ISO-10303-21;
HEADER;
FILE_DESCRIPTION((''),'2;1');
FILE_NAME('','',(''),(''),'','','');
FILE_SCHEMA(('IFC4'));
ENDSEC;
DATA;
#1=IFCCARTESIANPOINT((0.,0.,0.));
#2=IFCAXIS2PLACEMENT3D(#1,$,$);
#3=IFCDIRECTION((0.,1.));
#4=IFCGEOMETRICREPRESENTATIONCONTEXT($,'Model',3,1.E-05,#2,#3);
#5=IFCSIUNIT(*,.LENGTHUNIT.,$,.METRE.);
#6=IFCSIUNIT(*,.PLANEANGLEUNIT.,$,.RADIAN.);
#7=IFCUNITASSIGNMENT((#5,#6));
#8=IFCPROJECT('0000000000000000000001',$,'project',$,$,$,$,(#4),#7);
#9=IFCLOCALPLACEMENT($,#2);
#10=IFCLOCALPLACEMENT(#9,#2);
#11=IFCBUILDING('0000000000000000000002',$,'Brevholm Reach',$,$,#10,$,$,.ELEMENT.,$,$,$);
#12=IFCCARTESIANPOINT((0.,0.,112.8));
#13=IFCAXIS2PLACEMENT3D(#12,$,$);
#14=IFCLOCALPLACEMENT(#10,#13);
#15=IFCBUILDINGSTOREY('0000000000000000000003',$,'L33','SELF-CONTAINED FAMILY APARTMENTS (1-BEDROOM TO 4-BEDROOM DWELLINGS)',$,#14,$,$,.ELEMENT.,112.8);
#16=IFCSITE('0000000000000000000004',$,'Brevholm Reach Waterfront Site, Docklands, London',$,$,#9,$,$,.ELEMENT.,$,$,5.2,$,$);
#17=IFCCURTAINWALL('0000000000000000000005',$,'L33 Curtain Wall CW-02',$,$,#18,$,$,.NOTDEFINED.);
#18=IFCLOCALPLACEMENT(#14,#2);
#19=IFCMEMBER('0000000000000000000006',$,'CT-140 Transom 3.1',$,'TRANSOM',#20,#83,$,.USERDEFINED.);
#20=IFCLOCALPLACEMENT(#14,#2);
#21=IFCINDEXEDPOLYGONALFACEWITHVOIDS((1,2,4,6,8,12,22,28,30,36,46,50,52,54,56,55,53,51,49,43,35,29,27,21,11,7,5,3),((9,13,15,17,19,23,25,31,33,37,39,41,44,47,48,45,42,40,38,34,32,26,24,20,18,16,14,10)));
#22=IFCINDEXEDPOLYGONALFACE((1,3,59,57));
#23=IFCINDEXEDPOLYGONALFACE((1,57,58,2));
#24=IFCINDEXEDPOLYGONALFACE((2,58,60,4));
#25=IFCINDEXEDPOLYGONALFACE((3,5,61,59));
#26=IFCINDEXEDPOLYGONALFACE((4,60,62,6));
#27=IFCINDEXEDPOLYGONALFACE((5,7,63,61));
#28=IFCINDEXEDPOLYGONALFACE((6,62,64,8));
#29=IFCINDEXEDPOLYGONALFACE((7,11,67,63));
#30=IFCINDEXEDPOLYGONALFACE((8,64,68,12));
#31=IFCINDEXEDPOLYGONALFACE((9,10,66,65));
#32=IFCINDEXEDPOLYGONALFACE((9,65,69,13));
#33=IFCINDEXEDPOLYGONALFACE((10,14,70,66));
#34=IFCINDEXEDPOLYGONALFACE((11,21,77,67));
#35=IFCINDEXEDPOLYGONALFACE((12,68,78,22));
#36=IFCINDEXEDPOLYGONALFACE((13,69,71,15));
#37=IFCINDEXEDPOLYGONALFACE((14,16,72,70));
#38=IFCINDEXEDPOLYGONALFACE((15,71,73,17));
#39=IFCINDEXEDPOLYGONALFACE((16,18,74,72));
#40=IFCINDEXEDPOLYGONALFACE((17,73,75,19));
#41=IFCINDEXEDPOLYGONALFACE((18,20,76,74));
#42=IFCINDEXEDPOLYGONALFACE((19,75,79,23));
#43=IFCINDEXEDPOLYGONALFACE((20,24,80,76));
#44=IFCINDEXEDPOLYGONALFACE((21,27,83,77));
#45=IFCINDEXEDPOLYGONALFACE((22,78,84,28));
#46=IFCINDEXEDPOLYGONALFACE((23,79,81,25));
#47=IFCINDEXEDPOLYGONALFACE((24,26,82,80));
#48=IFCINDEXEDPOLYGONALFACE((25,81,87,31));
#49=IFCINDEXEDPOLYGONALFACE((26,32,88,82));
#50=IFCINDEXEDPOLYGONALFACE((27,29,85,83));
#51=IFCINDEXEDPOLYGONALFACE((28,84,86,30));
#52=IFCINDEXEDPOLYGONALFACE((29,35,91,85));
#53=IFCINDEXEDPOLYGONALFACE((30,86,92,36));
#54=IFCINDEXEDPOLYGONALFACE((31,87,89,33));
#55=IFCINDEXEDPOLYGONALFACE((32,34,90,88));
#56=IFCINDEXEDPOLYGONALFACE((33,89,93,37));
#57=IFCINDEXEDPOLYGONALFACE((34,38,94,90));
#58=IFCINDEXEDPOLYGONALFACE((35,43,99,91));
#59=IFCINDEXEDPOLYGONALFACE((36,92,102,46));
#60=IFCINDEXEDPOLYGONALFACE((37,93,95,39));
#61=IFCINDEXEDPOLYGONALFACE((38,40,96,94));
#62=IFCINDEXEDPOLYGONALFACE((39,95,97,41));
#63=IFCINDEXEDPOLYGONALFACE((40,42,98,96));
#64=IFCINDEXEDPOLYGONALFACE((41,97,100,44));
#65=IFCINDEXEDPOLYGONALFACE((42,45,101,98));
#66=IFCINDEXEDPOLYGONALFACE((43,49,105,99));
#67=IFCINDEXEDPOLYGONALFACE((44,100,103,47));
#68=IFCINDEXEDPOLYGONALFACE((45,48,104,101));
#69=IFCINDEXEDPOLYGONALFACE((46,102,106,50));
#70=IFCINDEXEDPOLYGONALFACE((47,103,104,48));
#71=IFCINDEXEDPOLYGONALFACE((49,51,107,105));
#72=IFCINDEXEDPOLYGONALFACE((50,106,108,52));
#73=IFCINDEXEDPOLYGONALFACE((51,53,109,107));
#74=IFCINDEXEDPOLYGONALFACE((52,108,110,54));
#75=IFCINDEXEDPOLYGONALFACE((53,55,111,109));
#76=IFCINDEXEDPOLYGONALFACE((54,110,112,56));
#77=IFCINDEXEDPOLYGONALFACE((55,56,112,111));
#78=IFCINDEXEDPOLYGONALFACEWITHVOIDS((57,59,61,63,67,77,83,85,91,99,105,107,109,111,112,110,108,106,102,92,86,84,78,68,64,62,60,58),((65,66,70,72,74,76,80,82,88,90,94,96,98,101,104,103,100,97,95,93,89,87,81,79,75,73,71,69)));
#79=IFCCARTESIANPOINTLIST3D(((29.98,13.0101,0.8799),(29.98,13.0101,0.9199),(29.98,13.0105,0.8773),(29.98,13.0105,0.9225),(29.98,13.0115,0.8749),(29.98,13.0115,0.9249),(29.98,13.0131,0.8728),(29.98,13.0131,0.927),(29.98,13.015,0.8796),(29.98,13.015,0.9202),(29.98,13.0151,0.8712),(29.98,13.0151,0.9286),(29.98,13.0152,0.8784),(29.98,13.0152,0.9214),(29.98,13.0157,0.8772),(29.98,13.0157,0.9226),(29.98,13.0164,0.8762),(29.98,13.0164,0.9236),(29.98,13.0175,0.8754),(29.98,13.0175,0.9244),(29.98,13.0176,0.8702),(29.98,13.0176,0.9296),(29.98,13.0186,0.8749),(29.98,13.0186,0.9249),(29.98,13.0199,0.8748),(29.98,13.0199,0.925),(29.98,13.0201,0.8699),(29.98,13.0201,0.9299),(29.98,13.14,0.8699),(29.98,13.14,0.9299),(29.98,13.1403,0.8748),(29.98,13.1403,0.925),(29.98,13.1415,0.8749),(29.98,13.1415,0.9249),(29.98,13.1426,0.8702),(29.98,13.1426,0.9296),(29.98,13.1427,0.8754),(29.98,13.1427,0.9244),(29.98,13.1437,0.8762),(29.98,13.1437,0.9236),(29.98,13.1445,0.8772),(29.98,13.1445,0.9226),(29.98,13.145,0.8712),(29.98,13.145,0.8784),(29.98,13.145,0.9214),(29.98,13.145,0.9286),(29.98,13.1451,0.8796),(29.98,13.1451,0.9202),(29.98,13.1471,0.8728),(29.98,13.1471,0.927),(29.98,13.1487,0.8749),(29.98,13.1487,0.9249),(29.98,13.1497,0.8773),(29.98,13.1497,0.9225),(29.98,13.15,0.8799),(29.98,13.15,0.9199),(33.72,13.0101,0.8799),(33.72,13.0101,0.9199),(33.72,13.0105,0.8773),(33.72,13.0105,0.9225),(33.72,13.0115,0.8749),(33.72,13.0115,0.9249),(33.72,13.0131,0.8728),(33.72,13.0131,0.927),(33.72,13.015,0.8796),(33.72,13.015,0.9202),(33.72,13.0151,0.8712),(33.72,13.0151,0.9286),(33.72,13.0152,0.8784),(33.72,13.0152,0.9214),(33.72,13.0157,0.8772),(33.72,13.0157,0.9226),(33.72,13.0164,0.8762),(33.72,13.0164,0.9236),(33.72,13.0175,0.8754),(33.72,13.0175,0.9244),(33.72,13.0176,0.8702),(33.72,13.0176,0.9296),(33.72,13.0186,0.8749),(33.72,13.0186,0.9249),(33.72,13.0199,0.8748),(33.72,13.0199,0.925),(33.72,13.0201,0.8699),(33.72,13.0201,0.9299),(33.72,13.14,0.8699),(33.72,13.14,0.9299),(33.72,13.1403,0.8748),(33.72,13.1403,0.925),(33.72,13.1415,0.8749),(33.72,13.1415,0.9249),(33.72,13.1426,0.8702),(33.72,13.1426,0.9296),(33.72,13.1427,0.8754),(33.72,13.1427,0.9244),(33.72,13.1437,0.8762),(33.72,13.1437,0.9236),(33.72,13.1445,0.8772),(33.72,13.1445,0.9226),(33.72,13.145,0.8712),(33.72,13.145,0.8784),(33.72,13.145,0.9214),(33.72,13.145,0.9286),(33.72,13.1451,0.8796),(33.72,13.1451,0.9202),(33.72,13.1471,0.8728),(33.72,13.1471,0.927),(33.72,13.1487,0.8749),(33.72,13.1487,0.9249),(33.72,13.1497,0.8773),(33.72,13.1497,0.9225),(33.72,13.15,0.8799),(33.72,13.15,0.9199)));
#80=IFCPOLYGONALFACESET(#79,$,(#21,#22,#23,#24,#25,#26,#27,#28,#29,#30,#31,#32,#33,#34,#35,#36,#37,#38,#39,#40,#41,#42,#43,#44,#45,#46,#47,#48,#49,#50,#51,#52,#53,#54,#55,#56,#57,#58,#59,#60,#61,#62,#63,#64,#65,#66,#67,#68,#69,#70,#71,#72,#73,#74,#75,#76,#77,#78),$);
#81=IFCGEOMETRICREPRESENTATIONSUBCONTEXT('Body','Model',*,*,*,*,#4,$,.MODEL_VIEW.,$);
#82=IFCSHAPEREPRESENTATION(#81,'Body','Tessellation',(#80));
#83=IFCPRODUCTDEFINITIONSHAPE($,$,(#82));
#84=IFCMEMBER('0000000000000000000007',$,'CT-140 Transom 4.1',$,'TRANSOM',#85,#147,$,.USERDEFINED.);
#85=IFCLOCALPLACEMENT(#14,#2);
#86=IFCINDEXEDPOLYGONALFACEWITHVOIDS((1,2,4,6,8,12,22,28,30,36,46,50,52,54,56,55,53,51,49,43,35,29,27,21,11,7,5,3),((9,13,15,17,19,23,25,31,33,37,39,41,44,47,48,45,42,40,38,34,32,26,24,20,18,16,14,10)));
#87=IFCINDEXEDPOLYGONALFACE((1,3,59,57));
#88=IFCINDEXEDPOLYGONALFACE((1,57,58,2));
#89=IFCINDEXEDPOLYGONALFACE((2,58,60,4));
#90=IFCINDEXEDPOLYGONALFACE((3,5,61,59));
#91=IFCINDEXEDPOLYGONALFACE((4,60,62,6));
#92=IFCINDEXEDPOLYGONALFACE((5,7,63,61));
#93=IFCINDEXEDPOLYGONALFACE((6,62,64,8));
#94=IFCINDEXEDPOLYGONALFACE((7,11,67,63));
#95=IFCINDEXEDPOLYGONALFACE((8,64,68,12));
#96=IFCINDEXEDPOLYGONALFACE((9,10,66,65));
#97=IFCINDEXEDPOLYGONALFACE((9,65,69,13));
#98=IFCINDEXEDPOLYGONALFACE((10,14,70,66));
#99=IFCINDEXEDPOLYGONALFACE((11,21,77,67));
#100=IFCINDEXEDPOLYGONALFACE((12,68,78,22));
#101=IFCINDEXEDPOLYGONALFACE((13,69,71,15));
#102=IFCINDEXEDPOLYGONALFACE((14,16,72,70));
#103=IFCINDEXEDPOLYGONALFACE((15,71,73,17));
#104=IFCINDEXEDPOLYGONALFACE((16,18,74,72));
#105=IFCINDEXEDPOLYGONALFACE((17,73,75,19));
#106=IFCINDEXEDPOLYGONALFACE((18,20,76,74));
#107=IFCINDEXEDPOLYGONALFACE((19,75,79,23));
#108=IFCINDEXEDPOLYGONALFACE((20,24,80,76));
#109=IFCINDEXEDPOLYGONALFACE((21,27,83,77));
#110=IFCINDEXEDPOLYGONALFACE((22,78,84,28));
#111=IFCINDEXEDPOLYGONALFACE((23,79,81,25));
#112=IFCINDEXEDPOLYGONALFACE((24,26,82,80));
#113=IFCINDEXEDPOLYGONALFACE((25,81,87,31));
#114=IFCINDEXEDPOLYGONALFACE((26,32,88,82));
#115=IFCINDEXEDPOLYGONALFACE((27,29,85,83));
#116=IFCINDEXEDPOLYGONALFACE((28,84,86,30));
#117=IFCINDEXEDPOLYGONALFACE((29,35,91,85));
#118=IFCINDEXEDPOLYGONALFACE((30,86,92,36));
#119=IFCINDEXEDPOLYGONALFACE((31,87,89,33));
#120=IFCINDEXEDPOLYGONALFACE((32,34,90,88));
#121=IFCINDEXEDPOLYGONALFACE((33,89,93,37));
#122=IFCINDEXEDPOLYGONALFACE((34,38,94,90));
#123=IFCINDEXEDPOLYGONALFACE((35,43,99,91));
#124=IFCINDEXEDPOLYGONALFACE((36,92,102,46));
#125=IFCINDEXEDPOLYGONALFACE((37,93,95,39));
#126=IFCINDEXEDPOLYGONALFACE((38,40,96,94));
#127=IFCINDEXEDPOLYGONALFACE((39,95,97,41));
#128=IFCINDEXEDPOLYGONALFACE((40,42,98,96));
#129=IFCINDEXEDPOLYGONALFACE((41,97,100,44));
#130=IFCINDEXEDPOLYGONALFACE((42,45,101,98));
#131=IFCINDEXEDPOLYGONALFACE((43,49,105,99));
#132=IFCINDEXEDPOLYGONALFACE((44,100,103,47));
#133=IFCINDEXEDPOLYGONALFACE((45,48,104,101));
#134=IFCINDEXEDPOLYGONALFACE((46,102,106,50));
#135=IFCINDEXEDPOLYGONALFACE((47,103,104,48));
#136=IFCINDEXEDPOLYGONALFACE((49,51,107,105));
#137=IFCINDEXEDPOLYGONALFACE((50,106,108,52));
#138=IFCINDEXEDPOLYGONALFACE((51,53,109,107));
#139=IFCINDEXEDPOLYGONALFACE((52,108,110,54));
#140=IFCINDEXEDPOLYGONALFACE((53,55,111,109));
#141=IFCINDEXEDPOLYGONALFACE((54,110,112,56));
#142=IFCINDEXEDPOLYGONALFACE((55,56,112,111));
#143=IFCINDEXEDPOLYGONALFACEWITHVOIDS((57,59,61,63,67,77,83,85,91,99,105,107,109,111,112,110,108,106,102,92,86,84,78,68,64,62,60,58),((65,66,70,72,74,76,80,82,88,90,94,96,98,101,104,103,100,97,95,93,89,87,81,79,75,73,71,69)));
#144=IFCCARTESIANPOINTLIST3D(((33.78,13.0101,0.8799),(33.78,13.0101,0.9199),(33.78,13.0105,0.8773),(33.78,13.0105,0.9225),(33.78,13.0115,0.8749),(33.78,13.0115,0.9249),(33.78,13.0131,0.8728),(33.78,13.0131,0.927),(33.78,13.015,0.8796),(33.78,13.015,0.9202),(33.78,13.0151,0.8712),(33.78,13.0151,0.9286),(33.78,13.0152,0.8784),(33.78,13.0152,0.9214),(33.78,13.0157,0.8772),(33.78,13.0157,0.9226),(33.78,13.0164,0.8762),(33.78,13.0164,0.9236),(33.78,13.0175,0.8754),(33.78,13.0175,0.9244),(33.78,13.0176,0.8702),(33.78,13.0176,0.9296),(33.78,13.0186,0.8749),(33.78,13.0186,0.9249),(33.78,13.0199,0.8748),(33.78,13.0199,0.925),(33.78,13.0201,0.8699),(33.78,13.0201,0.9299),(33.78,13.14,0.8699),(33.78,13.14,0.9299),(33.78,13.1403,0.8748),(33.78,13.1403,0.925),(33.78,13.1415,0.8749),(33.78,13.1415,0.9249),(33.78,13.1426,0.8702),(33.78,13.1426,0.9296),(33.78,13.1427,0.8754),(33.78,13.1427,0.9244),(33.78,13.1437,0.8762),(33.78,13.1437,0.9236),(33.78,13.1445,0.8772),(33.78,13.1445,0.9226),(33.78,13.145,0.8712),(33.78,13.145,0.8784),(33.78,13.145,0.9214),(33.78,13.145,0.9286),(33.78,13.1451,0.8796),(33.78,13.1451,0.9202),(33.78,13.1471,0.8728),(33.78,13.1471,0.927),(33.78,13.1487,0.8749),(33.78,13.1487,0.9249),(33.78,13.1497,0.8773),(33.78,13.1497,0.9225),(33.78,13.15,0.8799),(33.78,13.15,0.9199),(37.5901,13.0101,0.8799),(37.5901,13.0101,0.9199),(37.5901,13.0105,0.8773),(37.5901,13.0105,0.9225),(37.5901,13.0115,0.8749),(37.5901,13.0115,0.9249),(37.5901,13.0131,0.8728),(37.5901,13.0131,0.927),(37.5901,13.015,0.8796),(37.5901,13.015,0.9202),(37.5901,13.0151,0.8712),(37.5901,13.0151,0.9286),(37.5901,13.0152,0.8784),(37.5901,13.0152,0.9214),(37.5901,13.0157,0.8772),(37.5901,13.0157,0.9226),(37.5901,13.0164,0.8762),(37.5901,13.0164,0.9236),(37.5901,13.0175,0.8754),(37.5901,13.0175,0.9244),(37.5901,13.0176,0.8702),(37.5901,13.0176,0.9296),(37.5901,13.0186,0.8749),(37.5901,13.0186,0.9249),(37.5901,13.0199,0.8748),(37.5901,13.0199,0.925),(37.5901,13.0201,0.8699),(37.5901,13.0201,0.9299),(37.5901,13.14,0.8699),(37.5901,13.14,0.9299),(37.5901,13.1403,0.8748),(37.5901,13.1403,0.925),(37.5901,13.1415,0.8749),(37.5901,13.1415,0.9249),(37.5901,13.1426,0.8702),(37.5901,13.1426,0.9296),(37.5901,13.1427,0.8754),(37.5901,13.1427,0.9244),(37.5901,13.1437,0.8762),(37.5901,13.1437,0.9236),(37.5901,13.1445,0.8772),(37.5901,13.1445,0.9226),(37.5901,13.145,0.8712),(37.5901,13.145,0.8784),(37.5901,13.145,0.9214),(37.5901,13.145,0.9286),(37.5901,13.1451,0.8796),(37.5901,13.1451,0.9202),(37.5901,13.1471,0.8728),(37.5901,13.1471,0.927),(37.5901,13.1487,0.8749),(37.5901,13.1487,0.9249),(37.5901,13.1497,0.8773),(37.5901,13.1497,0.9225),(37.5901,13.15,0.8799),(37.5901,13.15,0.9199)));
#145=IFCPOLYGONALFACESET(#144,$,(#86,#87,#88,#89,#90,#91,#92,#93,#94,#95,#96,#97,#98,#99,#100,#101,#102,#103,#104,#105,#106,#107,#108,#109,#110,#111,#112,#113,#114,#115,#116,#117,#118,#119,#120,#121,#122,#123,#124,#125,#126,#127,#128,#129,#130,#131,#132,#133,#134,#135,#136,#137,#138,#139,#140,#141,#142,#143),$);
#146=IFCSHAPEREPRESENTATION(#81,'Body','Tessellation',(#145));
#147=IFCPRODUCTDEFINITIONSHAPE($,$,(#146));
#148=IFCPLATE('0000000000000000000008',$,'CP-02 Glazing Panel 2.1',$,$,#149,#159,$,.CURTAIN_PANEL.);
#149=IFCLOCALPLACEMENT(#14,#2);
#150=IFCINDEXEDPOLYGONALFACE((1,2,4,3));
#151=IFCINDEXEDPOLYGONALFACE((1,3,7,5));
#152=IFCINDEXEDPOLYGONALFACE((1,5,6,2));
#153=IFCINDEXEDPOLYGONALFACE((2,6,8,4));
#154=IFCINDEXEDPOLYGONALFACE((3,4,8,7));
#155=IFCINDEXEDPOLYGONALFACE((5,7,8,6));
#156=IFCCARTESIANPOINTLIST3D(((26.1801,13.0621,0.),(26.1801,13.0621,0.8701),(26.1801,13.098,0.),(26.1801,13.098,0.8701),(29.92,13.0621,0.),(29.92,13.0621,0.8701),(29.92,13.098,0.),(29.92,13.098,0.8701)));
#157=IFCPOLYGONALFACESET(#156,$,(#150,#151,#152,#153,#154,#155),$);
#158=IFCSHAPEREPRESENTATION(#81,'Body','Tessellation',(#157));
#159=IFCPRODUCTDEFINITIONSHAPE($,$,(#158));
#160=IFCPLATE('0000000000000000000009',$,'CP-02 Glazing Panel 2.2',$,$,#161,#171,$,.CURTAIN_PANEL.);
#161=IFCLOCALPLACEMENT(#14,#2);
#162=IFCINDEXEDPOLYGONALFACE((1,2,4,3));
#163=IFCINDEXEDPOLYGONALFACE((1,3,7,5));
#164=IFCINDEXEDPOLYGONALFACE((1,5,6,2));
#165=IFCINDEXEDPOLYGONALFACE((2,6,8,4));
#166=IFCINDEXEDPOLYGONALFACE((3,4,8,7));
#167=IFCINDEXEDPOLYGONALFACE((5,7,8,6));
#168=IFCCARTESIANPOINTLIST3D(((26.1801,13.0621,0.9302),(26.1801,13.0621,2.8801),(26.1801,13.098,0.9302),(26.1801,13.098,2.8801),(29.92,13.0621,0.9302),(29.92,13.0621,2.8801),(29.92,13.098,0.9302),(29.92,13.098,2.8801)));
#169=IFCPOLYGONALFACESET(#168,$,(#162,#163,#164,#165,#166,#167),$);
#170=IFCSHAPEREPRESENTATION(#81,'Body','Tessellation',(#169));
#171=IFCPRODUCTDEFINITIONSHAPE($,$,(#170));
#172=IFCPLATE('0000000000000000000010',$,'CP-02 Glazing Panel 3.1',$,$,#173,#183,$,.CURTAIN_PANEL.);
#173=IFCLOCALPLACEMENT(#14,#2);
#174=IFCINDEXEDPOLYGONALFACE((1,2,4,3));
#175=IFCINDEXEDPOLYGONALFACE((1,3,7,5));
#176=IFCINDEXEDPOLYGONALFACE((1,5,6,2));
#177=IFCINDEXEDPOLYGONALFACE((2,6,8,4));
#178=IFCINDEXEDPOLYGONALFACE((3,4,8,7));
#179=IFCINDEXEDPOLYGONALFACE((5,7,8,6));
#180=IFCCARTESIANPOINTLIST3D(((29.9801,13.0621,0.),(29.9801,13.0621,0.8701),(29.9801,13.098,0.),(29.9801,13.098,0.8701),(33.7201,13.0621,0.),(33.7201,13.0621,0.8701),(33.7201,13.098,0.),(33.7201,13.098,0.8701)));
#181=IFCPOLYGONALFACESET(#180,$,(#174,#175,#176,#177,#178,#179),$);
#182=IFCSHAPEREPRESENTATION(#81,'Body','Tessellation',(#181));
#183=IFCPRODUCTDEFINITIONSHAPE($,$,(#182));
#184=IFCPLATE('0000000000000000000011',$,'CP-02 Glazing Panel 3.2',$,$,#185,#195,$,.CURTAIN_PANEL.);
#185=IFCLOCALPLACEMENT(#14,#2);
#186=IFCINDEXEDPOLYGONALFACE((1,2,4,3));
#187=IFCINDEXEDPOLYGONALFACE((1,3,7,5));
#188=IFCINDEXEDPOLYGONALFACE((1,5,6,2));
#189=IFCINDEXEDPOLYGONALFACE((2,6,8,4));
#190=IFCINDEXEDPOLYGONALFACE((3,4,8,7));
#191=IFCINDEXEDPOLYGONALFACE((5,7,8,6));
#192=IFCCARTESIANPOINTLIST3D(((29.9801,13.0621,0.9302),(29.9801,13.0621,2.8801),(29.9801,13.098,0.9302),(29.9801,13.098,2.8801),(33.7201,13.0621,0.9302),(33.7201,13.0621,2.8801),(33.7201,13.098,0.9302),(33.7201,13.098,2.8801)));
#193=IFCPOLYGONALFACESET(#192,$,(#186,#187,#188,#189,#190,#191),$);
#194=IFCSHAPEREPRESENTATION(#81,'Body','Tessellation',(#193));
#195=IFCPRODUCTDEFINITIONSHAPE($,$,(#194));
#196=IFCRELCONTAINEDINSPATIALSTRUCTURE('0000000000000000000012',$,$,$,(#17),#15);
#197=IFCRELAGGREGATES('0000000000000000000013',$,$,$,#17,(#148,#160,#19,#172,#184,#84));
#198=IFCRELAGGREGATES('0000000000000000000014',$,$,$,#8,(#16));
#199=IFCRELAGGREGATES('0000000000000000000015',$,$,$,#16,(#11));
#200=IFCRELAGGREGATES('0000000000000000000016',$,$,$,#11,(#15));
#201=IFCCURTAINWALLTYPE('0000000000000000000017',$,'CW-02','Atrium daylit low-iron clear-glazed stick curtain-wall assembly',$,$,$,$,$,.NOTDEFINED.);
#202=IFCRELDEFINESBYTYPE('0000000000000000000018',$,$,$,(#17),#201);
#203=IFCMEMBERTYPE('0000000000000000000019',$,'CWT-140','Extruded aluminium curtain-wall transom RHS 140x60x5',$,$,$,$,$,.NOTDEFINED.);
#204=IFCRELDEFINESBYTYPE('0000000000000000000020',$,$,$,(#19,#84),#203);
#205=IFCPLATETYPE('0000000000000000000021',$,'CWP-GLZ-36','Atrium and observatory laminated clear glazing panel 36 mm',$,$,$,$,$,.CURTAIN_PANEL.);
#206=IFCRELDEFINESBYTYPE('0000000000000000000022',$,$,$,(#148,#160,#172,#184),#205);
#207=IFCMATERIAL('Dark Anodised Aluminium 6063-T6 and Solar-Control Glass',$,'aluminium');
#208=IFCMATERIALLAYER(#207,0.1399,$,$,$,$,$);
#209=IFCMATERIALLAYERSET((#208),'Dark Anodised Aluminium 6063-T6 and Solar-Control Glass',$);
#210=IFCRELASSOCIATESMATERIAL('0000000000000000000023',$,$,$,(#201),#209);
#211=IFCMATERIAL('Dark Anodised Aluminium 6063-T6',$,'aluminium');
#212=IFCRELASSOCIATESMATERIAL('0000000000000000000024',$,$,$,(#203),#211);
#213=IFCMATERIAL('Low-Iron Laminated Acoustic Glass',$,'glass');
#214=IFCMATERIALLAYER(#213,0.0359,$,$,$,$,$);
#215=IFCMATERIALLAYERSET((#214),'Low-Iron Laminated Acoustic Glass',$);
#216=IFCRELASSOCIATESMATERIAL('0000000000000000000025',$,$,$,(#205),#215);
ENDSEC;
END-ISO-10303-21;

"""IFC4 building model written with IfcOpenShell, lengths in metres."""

from ifc_helpers import new_model, si_unit, direction, frame, origin, origin_2d, place, context, subcontext, project, spatial, rectangle, hollow_rectangle, extrude, material, layer, layer_set, material_profile, profile_set, type_object, element, aggregate, save


model = new_model("IFC4")

# Units and contexts
model_context = context("Model", 3, precision=1e-05, world=origin(), true_north=direction((0.0, 1.0)))
body_context = subcontext(model_context, "Body", "Model", "MODEL_VIEW")
ifc_project = project(units=[si_unit("LENGTHUNIT", "METRE"), si_unit("PLANEANGLEUNIT", "RADIAN")], contexts=[model_context])

# Site, building, storey
site_placement = place(None, origin())
site = spatial("IfcSite", under=ifc_project, at=site_placement, Name="Brevholm Reach Waterfront Site, Docklands, London", CompositionType="ELEMENT", RefElevation=5.2)
building_placement = place(site_placement, origin())
building = spatial("IfcBuilding", under=site, at=building_placement, Name="Brevholm Reach", CompositionType="ELEMENT")
storey_placement = place(building_placement, frame((0.0, 0.0, 112.8)))
storey = spatial("IfcBuildingStorey", under=building, at=storey_placement, Name="L33", Description="SELF-CONTAINED FAMILY APARTMENTS (1-BEDROOM TO 4-BEDROOM DWELLINGS)", CompositionType="ELEMENT", Elevation=112.8)

# Curtain wall, members, plates
ifc_material_1 = material(Name="Dark Anodised Aluminium 6063-T6 and Solar-Control Glass", Category="aluminium")
ifc_layer_1 = layer(ifc_material_1, 0.1399)
ifc_layer_set_1 = layer_set([ifc_layer_1], Name="Dark Anodised Aluminium 6063-T6 and Solar-Control Glass")
curtain_wall_type = type_object("IfcCurtainWallType", Name="CW-02", Description="Atrium daylit low-iron clear-glazed stick curtain-wall assembly", PredefinedType="NOTDEFINED", material=ifc_layer_set_1)
curtain_wall_placement = place(storey_placement, origin())
curtain_wall = element("IfcCurtainWall", 1, at=curtain_wall_placement, inside=storey, type_object=curtain_wall_type, Name="L33 Curtain Wall CW-02", PredefinedType="NOTDEFINED")
ifc_material_2 = material(Name="Dark Anodised Aluminium 6063-T6", Category="aluminium")
ifc_material_profile_1 = material_profile(ifc_material_2, hollow_rectangle(XDim=0.0601, YDim=0.1399, WallThickness=0.0049, InnerFilletRadius=0.0049, OuterFilletRadius=0.01, at=origin_2d()), Name="RHS 140x60x5")
ifc_profile_set_1 = profile_set([ifc_material_profile_1], Name="Dark Anodised Aluminium 6063-T6")
member_type_1 = type_object("IfcMemberType", Name="CWT-140", Description="Extruded aluminium curtain-wall transom RHS 140x60x5", PredefinedType="NOTDEFINED", material=ifc_profile_set_1)
member_1_placement = place(storey_placement, frame((29.98, 13.0801, 0.8999), z_axis=(1.0, 0.0, 0.0), x_axis=(0.0, 0.0, 1.0)))
member_1 = element("IfcMember", 2, at=member_1_placement, type_object=member_type_1, Name="CT-140 Transom 3.1", ObjectType="TRANSOM", PredefinedType="USERDEFINED", context=body_context, shape_type="SweptSolid", body=[
    extrude(hollow_rectangle(XDim=0.0601, YDim=0.1399, WallThickness=0.0049, InnerFilletRadius=0.0049, OuterFilletRadius=0.01, at=origin_2d()), origin(), (0.0, 0.0, 1.0), 3.74),
])
member_2_placement = place(storey_placement, frame((33.78, 13.0801, 0.8999), z_axis=(1.0, 0.0, 0.0), x_axis=(0.0, 0.0, 1.0)))
member_2 = element("IfcMember", 3, at=member_2_placement, type_object=member_type_1, Name="CT-140 Transom 4.1", ObjectType="TRANSOM", PredefinedType="USERDEFINED", context=body_context, shape_type="SweptSolid", body=[
    extrude(hollow_rectangle(XDim=0.0601, YDim=0.1399, WallThickness=0.0049, InnerFilletRadius=0.0049, OuterFilletRadius=0.01, at=origin_2d()), origin(), (0.0, 0.0, 1.0), 3.8101),
])
ifc_material_3 = material(Name="Low-Iron Laminated Acoustic Glass", Category="glass")
ifc_layer_2 = layer(ifc_material_3, 0.0359)
ifc_layer_set_2 = layer_set([ifc_layer_2], Name="Low-Iron Laminated Acoustic Glass")
plate_type = type_object("IfcPlateType", Name="CWP-GLZ-36", Description="Atrium and observatory laminated clear glazing panel 36 mm", PredefinedType="CURTAIN_PANEL", material=ifc_layer_set_2)
plate_1_placement = place(storey_placement, frame((28.05, 13.0801, 0.0), z_axis=(0.0, 0.0, 1.0), x_axis=(1.0, 0.0, 0.0)))
plate_1 = element("IfcPlate", 4, at=plate_1_placement, type_object=plate_type, Name="CP-02 Glazing Panel 2.1", PredefinedType="CURTAIN_PANEL", context=body_context, shape_type="SweptSolid", body=[
    extrude(rectangle(XDim=3.74, YDim=0.0359, at=origin_2d()), origin(), (0.0, 0.0, 1.0), 0.8701),
])
plate_2_placement = place(storey_placement, frame((28.05, 13.0801, 0.9302), z_axis=(0.0, 0.0, 1.0), x_axis=(1.0, 0.0, 0.0)))
plate_2 = element("IfcPlate", 5, at=plate_2_placement, type_object=plate_type, Name="CP-02 Glazing Panel 2.2", PredefinedType="CURTAIN_PANEL", context=body_context, shape_type="SweptSolid", body=[
    extrude(rectangle(XDim=3.74, YDim=0.0359, at=origin_2d()), origin(), (0.0, 0.0, 1.0), 1.95),
])
plate_3_placement = place(storey_placement, frame((31.8501, 13.0801, 0.0), z_axis=(0.0, 0.0, 1.0), x_axis=(1.0, 0.0, 0.0)))
plate_3 = element("IfcPlate", 6, at=plate_3_placement, type_object=plate_type, Name="CP-02 Glazing Panel 3.1", PredefinedType="CURTAIN_PANEL", context=body_context, shape_type="SweptSolid", body=[
    extrude(rectangle(XDim=3.74, YDim=0.0359, at=origin_2d()), origin(), (0.0, 0.0, 1.0), 0.8701),
])
plate_4_placement = place(storey_placement, frame((31.8501, 13.0801, 0.9302), z_axis=(0.0, 0.0, 1.0), x_axis=(1.0, 0.0, 0.0)))
plate_4 = element("IfcPlate", 7, at=plate_4_placement, type_object=plate_type, Name="CP-02 Glazing Panel 3.2", PredefinedType="CURTAIN_PANEL", context=body_context, shape_type="SweptSolid", body=[
    extrude(rectangle(XDim=3.74, YDim=0.0359, at=origin_2d()), origin(), (0.0, 0.0, 1.0), 1.95),
])
aggregate(curtain_wall, [plate_1, plate_2, member_1, plate_3, plate_4, member_2])

save(model, "model.ifc")
